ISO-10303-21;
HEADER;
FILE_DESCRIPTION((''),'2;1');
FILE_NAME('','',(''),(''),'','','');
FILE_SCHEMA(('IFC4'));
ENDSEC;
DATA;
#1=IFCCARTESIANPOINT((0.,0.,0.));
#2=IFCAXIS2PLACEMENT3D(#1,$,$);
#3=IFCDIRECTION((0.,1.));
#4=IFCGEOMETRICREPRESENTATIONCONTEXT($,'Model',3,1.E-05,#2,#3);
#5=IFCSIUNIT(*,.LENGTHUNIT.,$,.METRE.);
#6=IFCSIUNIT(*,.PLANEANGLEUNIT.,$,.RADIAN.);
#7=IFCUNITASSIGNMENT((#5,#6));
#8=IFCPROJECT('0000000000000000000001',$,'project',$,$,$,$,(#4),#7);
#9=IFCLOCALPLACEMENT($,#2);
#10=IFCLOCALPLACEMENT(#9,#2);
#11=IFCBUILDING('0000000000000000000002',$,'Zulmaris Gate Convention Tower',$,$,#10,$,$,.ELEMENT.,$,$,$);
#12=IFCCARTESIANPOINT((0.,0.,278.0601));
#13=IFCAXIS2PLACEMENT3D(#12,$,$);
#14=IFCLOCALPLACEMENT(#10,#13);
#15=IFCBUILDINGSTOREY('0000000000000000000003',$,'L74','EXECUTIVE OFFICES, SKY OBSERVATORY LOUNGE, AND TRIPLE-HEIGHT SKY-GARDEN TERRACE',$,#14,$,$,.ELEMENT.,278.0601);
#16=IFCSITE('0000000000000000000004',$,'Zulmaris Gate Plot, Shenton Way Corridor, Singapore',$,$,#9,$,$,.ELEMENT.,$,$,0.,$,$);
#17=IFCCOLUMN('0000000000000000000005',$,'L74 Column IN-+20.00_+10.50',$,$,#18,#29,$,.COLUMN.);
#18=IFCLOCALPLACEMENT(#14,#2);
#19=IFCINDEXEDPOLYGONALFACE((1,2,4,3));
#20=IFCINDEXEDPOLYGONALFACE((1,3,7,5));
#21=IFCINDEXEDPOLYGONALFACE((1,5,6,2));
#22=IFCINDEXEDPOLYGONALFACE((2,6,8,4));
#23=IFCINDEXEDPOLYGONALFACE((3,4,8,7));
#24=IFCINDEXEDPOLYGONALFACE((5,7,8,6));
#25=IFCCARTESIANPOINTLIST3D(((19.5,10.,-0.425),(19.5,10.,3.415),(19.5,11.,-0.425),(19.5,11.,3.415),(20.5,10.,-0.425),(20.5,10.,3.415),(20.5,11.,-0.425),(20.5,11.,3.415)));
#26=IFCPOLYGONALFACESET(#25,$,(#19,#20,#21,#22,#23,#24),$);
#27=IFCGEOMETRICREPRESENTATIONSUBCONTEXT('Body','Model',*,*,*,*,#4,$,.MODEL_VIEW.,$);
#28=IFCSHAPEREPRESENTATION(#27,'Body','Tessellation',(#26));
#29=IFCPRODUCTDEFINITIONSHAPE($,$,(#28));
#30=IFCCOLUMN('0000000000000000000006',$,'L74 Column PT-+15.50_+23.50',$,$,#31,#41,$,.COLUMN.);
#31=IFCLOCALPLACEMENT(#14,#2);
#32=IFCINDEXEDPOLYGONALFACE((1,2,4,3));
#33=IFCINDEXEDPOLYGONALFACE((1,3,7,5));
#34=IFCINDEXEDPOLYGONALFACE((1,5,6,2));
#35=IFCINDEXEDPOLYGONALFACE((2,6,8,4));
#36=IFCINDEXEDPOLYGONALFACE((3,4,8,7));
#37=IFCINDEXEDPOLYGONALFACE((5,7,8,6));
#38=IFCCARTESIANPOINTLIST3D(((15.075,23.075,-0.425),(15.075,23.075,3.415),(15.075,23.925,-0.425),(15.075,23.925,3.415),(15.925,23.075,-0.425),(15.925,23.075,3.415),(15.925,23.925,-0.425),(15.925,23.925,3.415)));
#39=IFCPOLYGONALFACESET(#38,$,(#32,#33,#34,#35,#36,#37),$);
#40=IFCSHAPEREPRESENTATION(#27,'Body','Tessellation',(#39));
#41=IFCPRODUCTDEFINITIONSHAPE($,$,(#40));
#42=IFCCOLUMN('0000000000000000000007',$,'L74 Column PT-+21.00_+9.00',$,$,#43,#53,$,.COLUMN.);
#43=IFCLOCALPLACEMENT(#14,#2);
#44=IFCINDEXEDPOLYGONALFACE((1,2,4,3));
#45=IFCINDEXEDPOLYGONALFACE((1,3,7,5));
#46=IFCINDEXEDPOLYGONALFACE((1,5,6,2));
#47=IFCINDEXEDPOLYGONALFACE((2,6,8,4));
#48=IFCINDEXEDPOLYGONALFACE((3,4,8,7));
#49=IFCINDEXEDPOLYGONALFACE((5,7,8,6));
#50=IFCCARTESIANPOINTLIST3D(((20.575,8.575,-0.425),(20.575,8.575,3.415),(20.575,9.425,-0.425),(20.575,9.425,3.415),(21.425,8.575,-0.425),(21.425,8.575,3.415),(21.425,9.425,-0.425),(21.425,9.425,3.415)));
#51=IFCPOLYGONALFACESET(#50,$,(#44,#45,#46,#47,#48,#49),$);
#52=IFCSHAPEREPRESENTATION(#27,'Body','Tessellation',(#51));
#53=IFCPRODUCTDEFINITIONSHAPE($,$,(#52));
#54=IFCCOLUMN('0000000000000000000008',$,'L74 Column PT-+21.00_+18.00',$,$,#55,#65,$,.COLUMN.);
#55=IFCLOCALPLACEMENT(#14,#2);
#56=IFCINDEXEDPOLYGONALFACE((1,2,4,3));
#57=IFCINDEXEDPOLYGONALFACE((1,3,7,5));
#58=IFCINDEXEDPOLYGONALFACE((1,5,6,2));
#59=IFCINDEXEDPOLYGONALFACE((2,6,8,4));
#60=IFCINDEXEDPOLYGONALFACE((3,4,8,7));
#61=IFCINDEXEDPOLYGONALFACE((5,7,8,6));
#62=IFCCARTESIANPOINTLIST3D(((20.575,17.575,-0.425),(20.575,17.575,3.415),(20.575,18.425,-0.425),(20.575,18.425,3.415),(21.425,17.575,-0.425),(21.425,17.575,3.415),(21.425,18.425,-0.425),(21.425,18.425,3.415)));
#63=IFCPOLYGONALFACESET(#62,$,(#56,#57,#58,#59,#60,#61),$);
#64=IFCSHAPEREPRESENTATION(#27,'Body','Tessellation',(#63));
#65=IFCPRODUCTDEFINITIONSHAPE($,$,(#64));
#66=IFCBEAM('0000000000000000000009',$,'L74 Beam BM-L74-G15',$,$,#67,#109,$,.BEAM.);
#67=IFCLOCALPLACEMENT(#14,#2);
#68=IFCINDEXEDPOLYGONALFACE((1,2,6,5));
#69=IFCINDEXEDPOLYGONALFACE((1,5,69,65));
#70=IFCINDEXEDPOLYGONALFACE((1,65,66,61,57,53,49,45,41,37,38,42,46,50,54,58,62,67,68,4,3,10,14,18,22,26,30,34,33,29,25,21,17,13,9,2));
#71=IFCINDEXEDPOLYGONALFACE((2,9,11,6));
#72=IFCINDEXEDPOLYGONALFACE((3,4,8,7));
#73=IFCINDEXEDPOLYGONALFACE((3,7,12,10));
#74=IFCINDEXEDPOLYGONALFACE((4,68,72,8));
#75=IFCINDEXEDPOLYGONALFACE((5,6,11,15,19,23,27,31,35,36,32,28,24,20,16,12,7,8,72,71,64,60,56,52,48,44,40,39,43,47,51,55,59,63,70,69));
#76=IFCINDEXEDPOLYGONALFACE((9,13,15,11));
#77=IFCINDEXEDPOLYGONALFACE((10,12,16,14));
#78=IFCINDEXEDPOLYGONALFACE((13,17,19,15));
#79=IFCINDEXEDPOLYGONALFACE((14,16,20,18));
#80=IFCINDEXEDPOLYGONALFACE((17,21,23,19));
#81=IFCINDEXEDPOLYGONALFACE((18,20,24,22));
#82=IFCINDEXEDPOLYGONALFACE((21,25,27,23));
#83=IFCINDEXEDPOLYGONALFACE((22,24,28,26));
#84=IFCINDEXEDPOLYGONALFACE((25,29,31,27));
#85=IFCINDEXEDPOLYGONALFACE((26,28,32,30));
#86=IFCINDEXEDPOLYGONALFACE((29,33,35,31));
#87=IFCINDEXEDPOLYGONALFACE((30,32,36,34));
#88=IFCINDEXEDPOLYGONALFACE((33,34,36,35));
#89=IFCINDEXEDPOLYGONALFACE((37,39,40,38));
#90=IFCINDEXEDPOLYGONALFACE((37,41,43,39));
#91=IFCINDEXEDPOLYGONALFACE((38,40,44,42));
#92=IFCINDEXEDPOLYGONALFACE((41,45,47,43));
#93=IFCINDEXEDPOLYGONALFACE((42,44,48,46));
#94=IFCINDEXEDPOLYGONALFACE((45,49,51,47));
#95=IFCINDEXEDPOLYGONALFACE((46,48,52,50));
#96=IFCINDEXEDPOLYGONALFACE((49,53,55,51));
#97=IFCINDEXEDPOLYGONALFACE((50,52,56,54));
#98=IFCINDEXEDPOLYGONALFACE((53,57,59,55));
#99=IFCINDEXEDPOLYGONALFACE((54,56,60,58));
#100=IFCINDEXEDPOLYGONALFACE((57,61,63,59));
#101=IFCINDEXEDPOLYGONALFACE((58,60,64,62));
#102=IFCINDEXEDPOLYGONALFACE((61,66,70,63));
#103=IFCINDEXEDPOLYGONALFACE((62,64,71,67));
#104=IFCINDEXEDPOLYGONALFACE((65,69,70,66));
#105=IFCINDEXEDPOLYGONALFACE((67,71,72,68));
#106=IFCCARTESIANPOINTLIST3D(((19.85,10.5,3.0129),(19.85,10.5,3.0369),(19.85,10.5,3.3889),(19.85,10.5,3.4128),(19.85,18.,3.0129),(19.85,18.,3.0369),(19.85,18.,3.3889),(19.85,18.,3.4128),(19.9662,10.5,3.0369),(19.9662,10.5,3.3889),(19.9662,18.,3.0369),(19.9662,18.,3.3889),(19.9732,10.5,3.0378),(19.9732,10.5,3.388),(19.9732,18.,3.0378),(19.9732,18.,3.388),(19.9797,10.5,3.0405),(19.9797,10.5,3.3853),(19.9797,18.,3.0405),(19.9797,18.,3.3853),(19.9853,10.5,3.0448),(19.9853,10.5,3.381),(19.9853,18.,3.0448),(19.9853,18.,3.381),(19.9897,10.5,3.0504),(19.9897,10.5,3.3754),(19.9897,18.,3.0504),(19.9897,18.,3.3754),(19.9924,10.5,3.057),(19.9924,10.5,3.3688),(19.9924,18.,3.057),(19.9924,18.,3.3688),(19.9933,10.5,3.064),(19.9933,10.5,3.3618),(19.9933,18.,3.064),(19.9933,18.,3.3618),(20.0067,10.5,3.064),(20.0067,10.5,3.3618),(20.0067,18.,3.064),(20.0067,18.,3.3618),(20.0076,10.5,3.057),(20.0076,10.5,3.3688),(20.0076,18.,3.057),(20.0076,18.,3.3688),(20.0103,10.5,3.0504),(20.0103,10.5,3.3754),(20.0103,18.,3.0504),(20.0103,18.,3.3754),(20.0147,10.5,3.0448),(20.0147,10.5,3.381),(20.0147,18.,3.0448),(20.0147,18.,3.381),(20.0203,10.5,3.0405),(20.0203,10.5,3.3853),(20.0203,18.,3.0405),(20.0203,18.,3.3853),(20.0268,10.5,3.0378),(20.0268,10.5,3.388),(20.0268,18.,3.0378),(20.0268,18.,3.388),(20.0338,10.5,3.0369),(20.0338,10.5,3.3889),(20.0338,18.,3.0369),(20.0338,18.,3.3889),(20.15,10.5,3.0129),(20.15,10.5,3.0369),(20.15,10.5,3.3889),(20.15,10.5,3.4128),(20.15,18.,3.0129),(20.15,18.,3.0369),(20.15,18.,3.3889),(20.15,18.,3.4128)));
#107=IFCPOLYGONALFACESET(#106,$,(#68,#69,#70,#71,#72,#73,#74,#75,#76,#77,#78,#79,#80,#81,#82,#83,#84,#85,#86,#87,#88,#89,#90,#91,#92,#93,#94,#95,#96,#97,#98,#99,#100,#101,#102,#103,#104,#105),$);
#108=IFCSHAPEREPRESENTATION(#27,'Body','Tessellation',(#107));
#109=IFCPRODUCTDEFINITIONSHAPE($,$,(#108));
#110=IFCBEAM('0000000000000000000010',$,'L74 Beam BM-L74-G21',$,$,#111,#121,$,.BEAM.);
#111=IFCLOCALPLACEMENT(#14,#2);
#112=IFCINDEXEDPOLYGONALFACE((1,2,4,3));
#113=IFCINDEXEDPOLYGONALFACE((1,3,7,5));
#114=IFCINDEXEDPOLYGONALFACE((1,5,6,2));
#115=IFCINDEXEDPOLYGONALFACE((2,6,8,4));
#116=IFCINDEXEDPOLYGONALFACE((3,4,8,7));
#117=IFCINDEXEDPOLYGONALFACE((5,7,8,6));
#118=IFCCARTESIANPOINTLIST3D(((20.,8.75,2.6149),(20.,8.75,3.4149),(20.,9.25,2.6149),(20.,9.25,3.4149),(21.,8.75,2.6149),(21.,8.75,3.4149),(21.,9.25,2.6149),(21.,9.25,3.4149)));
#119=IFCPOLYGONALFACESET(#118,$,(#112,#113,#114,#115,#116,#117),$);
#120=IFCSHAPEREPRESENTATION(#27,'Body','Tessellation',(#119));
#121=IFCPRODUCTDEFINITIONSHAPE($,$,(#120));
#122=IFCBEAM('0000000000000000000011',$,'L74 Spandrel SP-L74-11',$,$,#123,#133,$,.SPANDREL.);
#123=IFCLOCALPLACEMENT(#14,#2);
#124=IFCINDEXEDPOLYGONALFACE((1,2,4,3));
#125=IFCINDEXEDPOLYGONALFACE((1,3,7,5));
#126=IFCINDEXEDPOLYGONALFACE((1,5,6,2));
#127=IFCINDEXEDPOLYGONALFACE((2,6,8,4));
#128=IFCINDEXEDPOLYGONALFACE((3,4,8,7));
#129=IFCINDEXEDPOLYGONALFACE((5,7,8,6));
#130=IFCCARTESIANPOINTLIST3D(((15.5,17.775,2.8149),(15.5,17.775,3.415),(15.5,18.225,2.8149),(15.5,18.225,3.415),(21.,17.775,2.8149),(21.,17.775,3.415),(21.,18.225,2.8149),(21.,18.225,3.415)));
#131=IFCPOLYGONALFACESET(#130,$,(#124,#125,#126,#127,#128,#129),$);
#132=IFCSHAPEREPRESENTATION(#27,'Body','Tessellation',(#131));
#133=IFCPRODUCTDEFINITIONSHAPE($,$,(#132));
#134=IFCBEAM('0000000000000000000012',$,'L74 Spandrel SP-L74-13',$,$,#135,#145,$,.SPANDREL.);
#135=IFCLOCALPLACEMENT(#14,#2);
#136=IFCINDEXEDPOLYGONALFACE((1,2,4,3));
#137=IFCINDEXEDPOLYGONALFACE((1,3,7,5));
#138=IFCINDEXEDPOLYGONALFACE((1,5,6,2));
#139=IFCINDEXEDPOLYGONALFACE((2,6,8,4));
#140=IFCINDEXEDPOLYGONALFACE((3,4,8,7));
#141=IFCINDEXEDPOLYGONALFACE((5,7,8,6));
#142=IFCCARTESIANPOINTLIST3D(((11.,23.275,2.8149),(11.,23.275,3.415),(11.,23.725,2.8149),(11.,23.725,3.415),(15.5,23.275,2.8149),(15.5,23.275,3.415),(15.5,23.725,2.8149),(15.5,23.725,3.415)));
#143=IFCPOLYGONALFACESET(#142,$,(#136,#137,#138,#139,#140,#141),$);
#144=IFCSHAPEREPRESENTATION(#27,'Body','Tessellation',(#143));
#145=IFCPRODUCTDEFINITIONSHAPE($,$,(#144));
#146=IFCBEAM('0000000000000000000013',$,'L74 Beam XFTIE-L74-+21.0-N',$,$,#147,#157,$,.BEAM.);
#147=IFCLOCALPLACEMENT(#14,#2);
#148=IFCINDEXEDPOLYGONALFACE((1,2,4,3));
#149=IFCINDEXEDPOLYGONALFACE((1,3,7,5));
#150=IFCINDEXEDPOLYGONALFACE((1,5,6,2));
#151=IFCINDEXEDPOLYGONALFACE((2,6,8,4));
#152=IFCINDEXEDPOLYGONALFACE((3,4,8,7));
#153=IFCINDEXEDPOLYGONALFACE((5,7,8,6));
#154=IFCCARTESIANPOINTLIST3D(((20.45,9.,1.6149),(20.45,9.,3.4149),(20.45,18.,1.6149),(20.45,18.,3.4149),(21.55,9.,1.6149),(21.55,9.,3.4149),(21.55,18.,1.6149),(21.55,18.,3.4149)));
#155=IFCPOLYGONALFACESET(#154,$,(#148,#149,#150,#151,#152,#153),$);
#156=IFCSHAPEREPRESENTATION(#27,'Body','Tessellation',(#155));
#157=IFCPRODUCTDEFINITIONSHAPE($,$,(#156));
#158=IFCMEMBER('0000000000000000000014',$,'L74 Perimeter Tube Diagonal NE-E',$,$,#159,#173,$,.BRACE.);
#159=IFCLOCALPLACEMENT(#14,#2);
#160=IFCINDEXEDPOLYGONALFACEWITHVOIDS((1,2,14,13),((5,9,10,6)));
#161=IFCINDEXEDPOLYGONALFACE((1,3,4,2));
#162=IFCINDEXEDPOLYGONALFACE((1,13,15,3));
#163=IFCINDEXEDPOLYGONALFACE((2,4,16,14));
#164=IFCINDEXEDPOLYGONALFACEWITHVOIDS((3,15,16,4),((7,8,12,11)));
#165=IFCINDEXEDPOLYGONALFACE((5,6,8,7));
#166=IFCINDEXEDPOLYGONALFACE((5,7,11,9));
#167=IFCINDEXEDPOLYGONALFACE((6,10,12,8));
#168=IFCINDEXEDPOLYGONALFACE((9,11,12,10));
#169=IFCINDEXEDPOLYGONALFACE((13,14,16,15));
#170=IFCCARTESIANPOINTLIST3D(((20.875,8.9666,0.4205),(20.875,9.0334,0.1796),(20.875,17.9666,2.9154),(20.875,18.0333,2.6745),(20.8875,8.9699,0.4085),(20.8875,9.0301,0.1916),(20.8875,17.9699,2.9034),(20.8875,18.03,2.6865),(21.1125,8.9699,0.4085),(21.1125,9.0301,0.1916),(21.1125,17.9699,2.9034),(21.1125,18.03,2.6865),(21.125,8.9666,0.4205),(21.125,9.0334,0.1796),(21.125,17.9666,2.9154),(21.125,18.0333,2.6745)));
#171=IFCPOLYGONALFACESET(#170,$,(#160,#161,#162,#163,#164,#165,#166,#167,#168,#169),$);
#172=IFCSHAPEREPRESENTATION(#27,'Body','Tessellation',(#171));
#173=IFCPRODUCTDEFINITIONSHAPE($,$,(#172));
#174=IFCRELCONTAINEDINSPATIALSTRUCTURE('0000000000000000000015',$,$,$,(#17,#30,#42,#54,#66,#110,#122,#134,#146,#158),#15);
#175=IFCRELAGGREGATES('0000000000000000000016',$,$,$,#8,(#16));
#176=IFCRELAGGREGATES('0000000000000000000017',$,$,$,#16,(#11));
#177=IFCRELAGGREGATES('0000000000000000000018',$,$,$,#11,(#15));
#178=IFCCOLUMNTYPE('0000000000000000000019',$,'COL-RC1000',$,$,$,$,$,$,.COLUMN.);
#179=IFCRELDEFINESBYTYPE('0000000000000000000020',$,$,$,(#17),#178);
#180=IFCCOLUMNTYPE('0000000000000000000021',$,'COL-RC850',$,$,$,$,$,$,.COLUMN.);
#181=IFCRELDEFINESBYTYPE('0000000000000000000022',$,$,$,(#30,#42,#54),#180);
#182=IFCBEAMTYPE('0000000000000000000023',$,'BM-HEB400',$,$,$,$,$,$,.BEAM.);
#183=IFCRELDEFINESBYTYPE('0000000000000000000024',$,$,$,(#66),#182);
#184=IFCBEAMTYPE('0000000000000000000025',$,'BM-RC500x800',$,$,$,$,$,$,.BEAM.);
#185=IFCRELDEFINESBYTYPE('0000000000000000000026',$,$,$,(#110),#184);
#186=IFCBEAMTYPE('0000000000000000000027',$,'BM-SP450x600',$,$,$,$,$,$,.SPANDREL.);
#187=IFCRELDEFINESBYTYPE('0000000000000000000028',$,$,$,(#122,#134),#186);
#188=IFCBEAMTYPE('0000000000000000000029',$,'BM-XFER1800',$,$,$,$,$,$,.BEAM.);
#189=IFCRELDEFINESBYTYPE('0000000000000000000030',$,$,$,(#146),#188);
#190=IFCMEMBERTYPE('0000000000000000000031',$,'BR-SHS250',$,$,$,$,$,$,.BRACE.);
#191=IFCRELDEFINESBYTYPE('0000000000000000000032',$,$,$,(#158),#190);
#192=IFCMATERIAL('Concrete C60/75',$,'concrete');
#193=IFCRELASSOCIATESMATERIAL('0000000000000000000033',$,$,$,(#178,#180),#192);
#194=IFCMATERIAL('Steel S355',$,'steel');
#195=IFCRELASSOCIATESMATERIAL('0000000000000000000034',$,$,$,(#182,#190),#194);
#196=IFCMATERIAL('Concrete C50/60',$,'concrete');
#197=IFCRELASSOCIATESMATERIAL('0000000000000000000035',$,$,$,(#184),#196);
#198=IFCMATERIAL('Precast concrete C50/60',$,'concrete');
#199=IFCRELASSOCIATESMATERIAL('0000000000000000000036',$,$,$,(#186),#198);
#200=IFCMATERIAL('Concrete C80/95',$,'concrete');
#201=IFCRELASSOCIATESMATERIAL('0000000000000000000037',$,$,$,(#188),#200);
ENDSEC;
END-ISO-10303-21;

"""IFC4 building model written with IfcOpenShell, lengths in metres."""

from ifc_helpers import new_model, si_unit, direction, frame, origin, origin_2d, place, context, subcontext, project, spatial, rectangle, hollow_rectangle, i_section, extrude, material, material_profile, profile_set, type_object, element, save


model = new_model("IFC4")

# Units and contexts
model_context = context("Model", 3, precision=1e-05, world=origin(), true_north=direction((0.0, 1.0)))
body_context = subcontext(model_context, "Body", "Model", "MODEL_VIEW")
ifc_project = project(units=[si_unit("LENGTHUNIT", "METRE"), si_unit("PLANEANGLEUNIT", "RADIAN")], contexts=[model_context])

# Site, building, storey
site_placement = place(None, origin())
site = spatial("IfcSite", under=ifc_project, at=site_placement, Name="Zulmaris Gate Plot, Shenton Way Corridor, Singapore", CompositionType="ELEMENT", RefElevation=0.0)
building_placement = place(site_placement, origin())
building = spatial("IfcBuilding", under=site, at=building_placement, Name="Zulmaris Gate Convention Tower", CompositionType="ELEMENT")
storey_placement = place(building_placement, frame((0.0, 0.0, 278.0601)))
storey = spatial("IfcBuildingStorey", under=building, at=storey_placement, Name="L74", Description="EXECUTIVE OFFICES, SKY OBSERVATORY LOUNGE, AND TRIPLE-HEIGHT SKY-GARDEN TERRACE", CompositionType="ELEMENT", Elevation=278.0601)

# Columns
ifc_material_1 = material(Name="Concrete C60/75", Category="concrete")
ifc_material_profile_1 = material_profile(ifc_material_1, rectangle(XDim=1.0, YDim=1.0, at=origin_2d()), Name="RC COL 1000x1000")
ifc_profile_set_1 = profile_set([ifc_material_profile_1], Name="Concrete C60/75")
column_type_1 = type_object("IfcColumnType", Name="COL-RC1000", PredefinedType="COLUMN", material=ifc_profile_set_1)
column_placement = place(storey_placement, frame((20.0, 10.5, -0.425), z_axis=(0.0, 0.0, 1.0), x_axis=(1.0, 0.0, 0.0)))
element("IfcColumn", 1, at=column_placement, inside=storey, type_object=column_type_1, Name="L74 Column IN-+20.00_+10.50", PredefinedType="COLUMN", context=body_context, shape_type="SweptSolid", body=[
    extrude(rectangle(XDim=1.0, YDim=1.0, at=origin_2d()), origin(), (0.0, 0.0, 1.0), 3.8401),
])
ifc_material_profile_2 = material_profile(ifc_material_1, rectangle(XDim=0.8501, YDim=0.8501, at=origin_2d()), Name="RC COL 850x850")
ifc_profile_set_2 = profile_set([ifc_material_profile_2], Name="Concrete C60/75")
column_type_2 = type_object("IfcColumnType", Name="COL-RC850", PredefinedType="COLUMN", material=ifc_profile_set_2)
for number, where, z_axis, x_axis, name in (
    (2, (15.5, 23.5, -0.425), (0.0, 0.0, 1.0), (1.0, 0.0, 0.0), "L74 Column PT-+15.50_+23.50"),
    (3, (21.0, 9.0, -0.425), (0.0, 0.0, 1.0), (1.0, 0.0, 0.0), "L74 Column PT-+21.00_+9.00"),
    (4, (21.0, 18.0, -0.425), (0.0, 0.0, 1.0), (1.0, 0.0, 0.0), "L74 Column PT-+21.00_+18.00"),
):
    element("IfcColumn", number, at=place(storey_placement, frame(where, z_axis=z_axis, x_axis=x_axis)), inside=storey, type_object=column_type_2, Name=name, PredefinedType="COLUMN", context=body_context, shape_type="SweptSolid", body=[
        extrude(rectangle(XDim=0.8501, YDim=0.8501, at=origin_2d()), origin(), (0.0, 0.0, 1.0), 3.8401),
    ])

# Beams
ifc_material_2 = material(Name="Steel S355", Category="steel")
ifc_material_profile_3 = material_profile(ifc_material_2, i_section(OverallWidth=0.3, OverallDepth=0.3999, WebThickness=0.0134, FlangeThickness=0.0239, FilletRadius=0.0271, at=origin_2d()), Name="HEB 400")
ifc_profile_set_3 = profile_set([ifc_material_profile_3], Name="Steel S355")
beam_type_1 = type_object("IfcBeamType", Name="BM-HEB400", PredefinedType="BEAM", material=ifc_profile_set_3)
beam_1_placement = place(storey_placement, frame((20.0, 10.5, 3.2129), z_axis=(0.0, 1.0, 0.0), x_axis=(-1.0, 0.0, 0.0)))
element("IfcBeam", 5, at=beam_1_placement, inside=storey, type_object=beam_type_1, Name="L74 Beam BM-L74-G15", PredefinedType="BEAM", context=body_context, shape_type="SweptSolid", body=[
    extrude(i_section(OverallWidth=0.3, OverallDepth=0.3999, WebThickness=0.0134, FlangeThickness=0.0239, FilletRadius=0.0271, at=origin_2d()), origin(), (0.0, 0.0, 1.0), 7.5),
])
ifc_material_3 = material(Name="Concrete C50/60", Category="concrete")
ifc_material_profile_4 = material_profile(ifc_material_3, rectangle(XDim=0.5, YDim=0.8, at=origin_2d()), Name="RC BEAM 500x800")
ifc_profile_set_4 = profile_set([ifc_material_profile_4], Name="Concrete C50/60")
beam_type_2 = type_object("IfcBeamType", Name="BM-RC500x800", PredefinedType="BEAM", material=ifc_profile_set_4)
beam_2_placement = place(storey_placement, frame((20.0, 9.0, 3.0149), z_axis=(1.0, 0.0, 0.0), x_axis=(0.0, 1.0, 0.0)))
element("IfcBeam", 6, at=beam_2_placement, inside=storey, type_object=beam_type_2, Name="L74 Beam BM-L74-G21", PredefinedType="BEAM", context=body_context, shape_type="SweptSolid", body=[
    extrude(rectangle(XDim=0.5, YDim=0.8, at=origin_2d()), origin(), (0.0, 0.0, 1.0), 1.0),
])
ifc_material_4 = material(Name="Precast concrete C50/60", Category="concrete")
ifc_material_profile_5 = material_profile(ifc_material_4, rectangle(XDim=0.45, YDim=0.6001, at=origin_2d()), Name="RC SPANDREL 450x600")
ifc_profile_set_5 = profile_set([ifc_material_profile_5], Name="Precast concrete C50/60")
beam_type_3 = type_object("IfcBeamType", Name="BM-SP450x600", PredefinedType="SPANDREL", material=ifc_profile_set_5)
beam_3_placement = place(storey_placement, frame((21.0, 18.0, 3.115), z_axis=(-1.0, 0.0, 0.0), x_axis=(0.0, -1.0, 0.0)))
element("IfcBeam", 7, at=beam_3_placement, inside=storey, type_object=beam_type_3, Name="L74 Spandrel SP-L74-11", PredefinedType="SPANDREL", context=body_context, shape_type="SweptSolid", body=[
    extrude(rectangle(XDim=0.45, YDim=0.6001, at=origin_2d()), origin(), (0.0, 0.0, 1.0), 5.5),
])
beam_4_placement = place(storey_placement, frame((15.5, 23.5, 3.115), z_axis=(-1.0, 0.0, 0.0), x_axis=(0.0, -1.0, 0.0)))
element("IfcBeam", 8, at=beam_4_placement, inside=storey, type_object=beam_type_3, Name="L74 Spandrel SP-L74-13", PredefinedType="SPANDREL", context=body_context, shape_type="SweptSolid", body=[
    extrude(rectangle(XDim=0.45, YDim=0.6001, at=origin_2d()), origin(), (0.0, 0.0, 1.0), 4.5),
])
ifc_material_5 = material(Name="Concrete C80/95", Category="concrete")
ifc_material_profile_6 = material_profile(ifc_material_5, rectangle(XDim=1.1001, YDim=1.8, at=origin_2d()), Name="RC TRANSFER 1100x1800")
ifc_profile_set_6 = profile_set([ifc_material_profile_6], Name="Concrete C80/95")
beam_type_4 = type_object("IfcBeamType", Name="BM-XFER1800", PredefinedType="BEAM", material=ifc_profile_set_6)
beam_5_placement = place(storey_placement, frame((21.0, 9.0, 2.5149), z_axis=(0.0, 1.0, 0.0), x_axis=(-1.0, 0.0, 0.0)))
element("IfcBeam", 9, at=beam_5_placement, inside=storey, type_object=beam_type_4, Name="L74 Beam XFTIE-L74-+21.0-N", PredefinedType="BEAM", context=body_context, shape_type="SweptSolid", body=[
    extrude(rectangle(XDim=1.1001, YDim=1.8, at=origin_2d()), origin(), (0.0, 0.0, 1.0), 9.0),
])

# Member
ifc_material_profile_7 = material_profile(ifc_material_2, hollow_rectangle(XDim=0.25, YDim=0.25, WallThickness=0.0125, at=origin_2d()), Name="SHS 250x250x12.5")
ifc_profile_set_7 = profile_set([ifc_material_profile_7], Name="Steel S355")
member_type = type_object("IfcMemberType", Name="BR-SHS250", PredefinedType="BRACE", material=ifc_profile_set_7)
member_placement = place(storey_placement, frame((21.0, 9.0, 0.3), z_axis=(0.0, 0.963659, 0.267134), x_axis=(-1.0, 0.0, 0.0)))
element("IfcMember", 10, at=member_placement, inside=storey, type_object=member_type, Name="L74 Perimeter Tube Diagonal NE-E", PredefinedType="BRACE", context=body_context, shape_type="SweptSolid", body=[
    extrude(hollow_rectangle(XDim=0.25, YDim=0.25, WallThickness=0.0125, at=origin_2d()), origin(), (0.0, 0.0, 1.0), 9.3394),
])

save(model, "model.ifc")
